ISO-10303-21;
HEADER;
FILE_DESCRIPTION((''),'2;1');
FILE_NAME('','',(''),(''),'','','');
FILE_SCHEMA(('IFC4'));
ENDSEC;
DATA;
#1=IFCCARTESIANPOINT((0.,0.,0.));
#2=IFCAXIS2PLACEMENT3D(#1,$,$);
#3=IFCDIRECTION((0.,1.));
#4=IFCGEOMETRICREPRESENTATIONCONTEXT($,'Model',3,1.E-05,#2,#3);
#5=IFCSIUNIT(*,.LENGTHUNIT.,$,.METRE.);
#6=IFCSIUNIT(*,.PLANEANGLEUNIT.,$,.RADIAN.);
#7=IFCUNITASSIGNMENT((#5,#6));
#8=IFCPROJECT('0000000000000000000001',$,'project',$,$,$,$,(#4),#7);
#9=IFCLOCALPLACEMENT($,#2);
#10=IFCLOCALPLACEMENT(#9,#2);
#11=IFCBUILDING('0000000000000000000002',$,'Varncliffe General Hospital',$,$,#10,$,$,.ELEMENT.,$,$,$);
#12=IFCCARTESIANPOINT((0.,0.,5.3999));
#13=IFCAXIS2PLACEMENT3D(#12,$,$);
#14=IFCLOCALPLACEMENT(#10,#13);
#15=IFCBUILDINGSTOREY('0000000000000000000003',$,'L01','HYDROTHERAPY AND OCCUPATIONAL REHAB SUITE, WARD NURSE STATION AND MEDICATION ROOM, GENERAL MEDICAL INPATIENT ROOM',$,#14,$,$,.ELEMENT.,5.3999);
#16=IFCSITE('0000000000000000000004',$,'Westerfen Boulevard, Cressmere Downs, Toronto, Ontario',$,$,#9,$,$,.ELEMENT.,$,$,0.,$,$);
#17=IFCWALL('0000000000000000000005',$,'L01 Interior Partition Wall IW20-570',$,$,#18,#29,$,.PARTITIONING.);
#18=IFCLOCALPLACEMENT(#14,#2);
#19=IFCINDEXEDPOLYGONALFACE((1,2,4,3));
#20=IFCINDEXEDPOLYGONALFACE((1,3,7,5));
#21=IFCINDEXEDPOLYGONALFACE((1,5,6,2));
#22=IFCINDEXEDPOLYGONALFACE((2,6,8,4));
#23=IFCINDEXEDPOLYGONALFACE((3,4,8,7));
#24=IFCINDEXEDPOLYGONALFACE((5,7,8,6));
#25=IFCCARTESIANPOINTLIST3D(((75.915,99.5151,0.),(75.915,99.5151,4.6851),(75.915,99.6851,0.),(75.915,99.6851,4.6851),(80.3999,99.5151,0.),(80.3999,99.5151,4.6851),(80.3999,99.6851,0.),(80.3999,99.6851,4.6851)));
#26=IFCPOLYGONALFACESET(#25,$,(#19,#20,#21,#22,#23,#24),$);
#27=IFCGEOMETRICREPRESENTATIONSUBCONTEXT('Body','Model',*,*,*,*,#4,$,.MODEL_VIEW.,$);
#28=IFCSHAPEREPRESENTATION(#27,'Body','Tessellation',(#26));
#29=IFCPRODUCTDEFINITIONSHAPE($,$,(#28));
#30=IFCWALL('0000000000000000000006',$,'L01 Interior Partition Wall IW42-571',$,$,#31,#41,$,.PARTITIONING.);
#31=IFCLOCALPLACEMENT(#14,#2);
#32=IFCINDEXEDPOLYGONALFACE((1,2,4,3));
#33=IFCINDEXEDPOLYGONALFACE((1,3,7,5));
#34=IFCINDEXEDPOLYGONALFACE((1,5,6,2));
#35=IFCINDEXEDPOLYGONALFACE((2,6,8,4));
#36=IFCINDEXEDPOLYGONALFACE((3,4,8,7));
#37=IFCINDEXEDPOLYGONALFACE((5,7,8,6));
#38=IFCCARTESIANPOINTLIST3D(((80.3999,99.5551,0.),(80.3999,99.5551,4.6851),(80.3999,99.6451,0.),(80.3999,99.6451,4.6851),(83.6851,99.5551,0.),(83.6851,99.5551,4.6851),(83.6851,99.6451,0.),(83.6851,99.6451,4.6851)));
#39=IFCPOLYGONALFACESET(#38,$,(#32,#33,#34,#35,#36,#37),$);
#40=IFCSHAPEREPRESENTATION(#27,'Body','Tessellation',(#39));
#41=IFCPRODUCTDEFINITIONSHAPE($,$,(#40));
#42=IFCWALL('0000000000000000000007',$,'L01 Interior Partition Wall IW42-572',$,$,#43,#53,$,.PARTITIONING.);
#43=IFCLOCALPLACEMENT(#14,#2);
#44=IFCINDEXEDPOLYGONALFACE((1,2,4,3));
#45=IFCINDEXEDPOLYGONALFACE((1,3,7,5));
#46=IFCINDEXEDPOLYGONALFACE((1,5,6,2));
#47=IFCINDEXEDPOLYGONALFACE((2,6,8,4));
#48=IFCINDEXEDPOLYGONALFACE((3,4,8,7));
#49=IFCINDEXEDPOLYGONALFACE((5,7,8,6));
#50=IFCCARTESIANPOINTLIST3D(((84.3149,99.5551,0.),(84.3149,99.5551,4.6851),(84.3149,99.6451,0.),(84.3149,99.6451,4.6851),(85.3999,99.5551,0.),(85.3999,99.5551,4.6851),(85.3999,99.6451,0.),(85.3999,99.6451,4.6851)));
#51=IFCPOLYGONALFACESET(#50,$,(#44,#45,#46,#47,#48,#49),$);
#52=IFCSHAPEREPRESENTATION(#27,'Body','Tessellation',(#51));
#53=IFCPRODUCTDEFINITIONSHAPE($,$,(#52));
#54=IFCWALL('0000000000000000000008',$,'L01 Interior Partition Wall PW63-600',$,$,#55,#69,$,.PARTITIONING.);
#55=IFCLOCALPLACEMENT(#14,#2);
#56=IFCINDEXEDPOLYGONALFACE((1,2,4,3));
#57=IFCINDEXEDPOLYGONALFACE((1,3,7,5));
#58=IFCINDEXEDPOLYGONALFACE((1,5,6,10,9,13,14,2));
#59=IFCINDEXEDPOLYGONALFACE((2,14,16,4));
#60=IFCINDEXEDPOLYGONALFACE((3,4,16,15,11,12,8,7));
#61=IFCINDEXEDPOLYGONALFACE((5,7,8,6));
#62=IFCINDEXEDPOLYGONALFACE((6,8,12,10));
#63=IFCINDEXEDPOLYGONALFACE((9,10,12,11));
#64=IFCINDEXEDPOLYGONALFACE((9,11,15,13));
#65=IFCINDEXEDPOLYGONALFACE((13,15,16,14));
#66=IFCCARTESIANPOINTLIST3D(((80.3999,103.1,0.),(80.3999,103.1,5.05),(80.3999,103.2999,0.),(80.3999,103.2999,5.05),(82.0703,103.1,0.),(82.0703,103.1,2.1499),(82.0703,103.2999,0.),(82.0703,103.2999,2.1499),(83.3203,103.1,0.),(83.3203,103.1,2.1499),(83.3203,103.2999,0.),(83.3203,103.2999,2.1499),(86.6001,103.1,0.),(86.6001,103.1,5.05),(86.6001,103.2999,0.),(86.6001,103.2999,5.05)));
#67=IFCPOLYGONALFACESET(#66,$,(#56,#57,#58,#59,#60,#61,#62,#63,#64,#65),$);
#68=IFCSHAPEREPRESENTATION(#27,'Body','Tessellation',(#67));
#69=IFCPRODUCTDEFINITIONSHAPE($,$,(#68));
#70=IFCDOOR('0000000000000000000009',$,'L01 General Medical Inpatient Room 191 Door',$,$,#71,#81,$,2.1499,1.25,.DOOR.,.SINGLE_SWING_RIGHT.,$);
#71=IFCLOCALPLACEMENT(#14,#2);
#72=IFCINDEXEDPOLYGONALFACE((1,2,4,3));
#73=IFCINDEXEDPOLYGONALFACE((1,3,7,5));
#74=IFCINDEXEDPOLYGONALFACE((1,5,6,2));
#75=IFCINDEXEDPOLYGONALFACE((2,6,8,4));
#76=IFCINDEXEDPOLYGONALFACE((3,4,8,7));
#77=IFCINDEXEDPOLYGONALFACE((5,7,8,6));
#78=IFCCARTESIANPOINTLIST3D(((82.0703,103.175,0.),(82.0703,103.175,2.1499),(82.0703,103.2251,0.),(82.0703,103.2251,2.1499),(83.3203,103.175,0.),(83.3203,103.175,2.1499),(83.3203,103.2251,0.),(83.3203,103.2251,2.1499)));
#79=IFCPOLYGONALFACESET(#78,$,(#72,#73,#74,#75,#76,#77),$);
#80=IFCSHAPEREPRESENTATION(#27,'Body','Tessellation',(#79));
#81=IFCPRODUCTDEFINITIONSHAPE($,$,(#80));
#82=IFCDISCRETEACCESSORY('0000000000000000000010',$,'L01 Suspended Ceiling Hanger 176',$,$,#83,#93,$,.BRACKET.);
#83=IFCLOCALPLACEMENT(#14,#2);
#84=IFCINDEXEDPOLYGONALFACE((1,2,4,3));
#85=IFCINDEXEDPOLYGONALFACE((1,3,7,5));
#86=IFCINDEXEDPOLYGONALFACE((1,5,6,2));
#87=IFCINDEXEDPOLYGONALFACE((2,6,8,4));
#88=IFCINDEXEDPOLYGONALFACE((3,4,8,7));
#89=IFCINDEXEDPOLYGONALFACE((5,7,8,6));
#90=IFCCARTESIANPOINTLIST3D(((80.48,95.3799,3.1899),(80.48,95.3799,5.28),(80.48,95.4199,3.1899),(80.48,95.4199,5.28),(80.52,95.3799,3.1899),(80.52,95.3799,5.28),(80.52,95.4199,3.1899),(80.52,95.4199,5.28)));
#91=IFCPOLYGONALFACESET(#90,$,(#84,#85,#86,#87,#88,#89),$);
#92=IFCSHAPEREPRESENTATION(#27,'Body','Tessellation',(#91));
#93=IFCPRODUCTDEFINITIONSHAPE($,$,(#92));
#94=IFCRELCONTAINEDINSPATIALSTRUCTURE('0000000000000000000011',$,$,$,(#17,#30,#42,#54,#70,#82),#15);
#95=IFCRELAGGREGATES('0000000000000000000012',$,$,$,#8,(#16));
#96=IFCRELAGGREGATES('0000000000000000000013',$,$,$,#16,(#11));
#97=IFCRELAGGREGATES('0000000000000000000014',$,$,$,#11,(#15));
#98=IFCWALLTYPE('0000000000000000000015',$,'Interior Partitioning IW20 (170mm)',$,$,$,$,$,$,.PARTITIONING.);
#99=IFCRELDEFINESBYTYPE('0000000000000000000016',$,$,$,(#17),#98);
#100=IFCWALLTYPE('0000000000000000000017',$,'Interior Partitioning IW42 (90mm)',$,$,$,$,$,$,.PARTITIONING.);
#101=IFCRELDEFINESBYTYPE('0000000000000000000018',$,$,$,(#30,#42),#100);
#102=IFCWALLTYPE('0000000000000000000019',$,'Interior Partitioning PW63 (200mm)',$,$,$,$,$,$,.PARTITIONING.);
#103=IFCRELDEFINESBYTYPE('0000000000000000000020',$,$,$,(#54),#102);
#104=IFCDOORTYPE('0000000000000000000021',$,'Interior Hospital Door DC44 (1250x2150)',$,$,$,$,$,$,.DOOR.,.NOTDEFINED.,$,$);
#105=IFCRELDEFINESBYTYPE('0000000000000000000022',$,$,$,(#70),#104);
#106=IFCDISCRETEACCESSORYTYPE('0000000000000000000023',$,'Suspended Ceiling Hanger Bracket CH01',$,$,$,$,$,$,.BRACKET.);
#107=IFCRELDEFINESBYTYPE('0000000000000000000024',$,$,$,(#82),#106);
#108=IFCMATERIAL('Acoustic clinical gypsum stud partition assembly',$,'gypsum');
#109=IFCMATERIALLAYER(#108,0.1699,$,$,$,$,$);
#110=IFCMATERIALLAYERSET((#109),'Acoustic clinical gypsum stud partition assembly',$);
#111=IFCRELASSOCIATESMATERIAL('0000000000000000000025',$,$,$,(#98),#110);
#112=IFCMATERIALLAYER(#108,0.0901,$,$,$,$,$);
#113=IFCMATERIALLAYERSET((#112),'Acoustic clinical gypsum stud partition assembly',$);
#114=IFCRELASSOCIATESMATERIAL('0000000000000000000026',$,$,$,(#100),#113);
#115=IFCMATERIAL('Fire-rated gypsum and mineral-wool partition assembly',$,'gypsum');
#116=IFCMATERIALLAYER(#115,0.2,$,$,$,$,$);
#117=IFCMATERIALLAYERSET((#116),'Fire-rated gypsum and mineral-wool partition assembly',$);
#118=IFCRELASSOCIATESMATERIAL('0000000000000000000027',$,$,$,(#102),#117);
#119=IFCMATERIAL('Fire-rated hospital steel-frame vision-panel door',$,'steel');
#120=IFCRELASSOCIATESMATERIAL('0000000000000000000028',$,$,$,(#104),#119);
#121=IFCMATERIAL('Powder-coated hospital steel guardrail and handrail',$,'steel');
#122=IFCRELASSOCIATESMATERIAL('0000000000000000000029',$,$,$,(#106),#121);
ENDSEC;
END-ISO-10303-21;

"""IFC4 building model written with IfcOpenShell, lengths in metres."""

from ifc_helpers import new_model, si_unit, direction, frame, frame_2d, origin, origin_2d, place, context, subcontext, project, spatial, rectangle, extrude, material, layer, layer_set, type_object, element, fill, save


model = new_model("IFC4")

# Units and contexts
model_context = context("Model", 3, precision=1e-05, world=origin(), true_north=direction((0.0, 1.0)))
body_context = subcontext(model_context, "Body", "Model", "MODEL_VIEW")
ifc_project = project(units=[si_unit("LENGTHUNIT", "METRE"), si_unit("PLANEANGLEUNIT", "RADIAN")], contexts=[model_context])

# Site, building, storey
site_placement = place(None, origin())
site = spatial("IfcSite", under=ifc_project, at=site_placement, Name="Westerfen Boulevard, Cressmere Downs, Toronto, Ontario", CompositionType="ELEMENT", RefElevation=0.0)
building_placement = place(site_placement, origin())
building = spatial("IfcBuilding", under=site, at=building_placement, Name="Varncliffe General Hospital", CompositionType="ELEMENT")
storey_placement = place(building_placement, frame((0.0, 0.0, 5.3999)))
storey = spatial("IfcBuildingStorey", under=building, at=storey_placement, Name="L01", Description="HYDROTHERAPY AND OCCUPATIONAL REHAB SUITE, WARD NURSE STATION AND MEDICATION ROOM, GENERAL MEDICAL INPATIENT ROOM", CompositionType="ELEMENT", Elevation=5.3999)

# Walls
ifc_material_1 = material(Name="Acoustic clinical gypsum stud partition assembly", Category="gypsum")
ifc_layer_1 = layer(ifc_material_1, 0.1699)
ifc_layer_set_1 = layer_set([ifc_layer_1], Name="Acoustic clinical gypsum stud partition assembly")
wall_type_1 = type_object("IfcWallType", Name="Interior Partitioning IW20 (170mm)", PredefinedType="PARTITIONING", material=ifc_layer_set_1)
wall_1_placement = place(storey_placement, frame((75.915, 99.6001, 0.0), z_axis=(0.0, 0.0, 1.0), x_axis=(1.0, 0.0, 0.0)))
element("IfcWall", 1, at=wall_1_placement, inside=storey, type_object=wall_type_1, Name="L01 Interior Partition Wall IW20-570", PredefinedType="PARTITIONING", context=body_context, shape_type="SweptSolid", body=[
    extrude(rectangle(XDim=4.4849, YDim=0.1699, at=frame_2d((2.2424, 0.0))), origin(), (0.0, 0.0, 1.0), 4.6851),
])
ifc_layer_2 = layer(ifc_material_1, 0.0901)
ifc_layer_set_2 = layer_set([ifc_layer_2], Name="Acoustic clinical gypsum stud partition assembly")
wall_type_2 = type_object("IfcWallType", Name="Interior Partitioning IW42 (90mm)", PredefinedType="PARTITIONING", material=ifc_layer_set_2)
wall_2_placement = place(storey_placement, frame((80.3999, 99.6001, 0.0), z_axis=(0.0, 0.0, 1.0), x_axis=(1.0, 0.0, 0.0)))
element("IfcWall", 2, at=wall_2_placement, inside=storey, type_object=wall_type_2, Name="L01 Interior Partition Wall IW42-571", PredefinedType="PARTITIONING", context=body_context, shape_type="SweptSolid", body=[
    extrude(rectangle(XDim=3.2852, YDim=0.0901, at=frame_2d((1.6426, 0.0))), origin(), (0.0, 0.0, 1.0), 4.6851),
])
wall_3_placement = place(storey_placement, frame((84.3149, 99.6001, 0.0), z_axis=(0.0, 0.0, 1.0), x_axis=(1.0, 0.0, 0.0)))
element("IfcWall", 3, at=wall_3_placement, inside=storey, type_object=wall_type_2, Name="L01 Interior Partition Wall IW42-572", PredefinedType="PARTITIONING", context=body_context, shape_type="SweptSolid", body=[
    extrude(rectangle(XDim=1.085, YDim=0.0901, at=frame_2d((0.5425, 0.0))), origin(), (0.0, 0.0, 1.0), 4.6851),
])

# Wall, opening, door
ifc_material_2 = material(Name="Fire-rated gypsum and mineral-wool partition assembly", Category="gypsum")
ifc_layer_3 = layer(ifc_material_2, 0.2)
ifc_layer_set_3 = layer_set([ifc_layer_3], Name="Fire-rated gypsum and mineral-wool partition assembly")
wall_type_3 = type_object("IfcWallType", Name="Interior Partitioning PW63 (200mm)", PredefinedType="PARTITIONING", material=ifc_layer_set_3)
wall_4_placement = place(storey_placement, frame((80.3999, 103.2, 0.0), z_axis=(0.0, 0.0, 1.0), x_axis=(1.0, 0.0, 0.0)))
wall_4 = element("IfcWall", 4, at=wall_4_placement, inside=storey, type_object=wall_type_3, Name="L01 Interior Partition Wall PW63-600", PredefinedType="PARTITIONING", context=body_context, shape_type="SweptSolid", body=[
    extrude(rectangle(XDim=6.2002, YDim=0.2, at=frame_2d((3.1001, 0.0))), origin(), (0.0, 0.0, 1.0), 5.05),
])
opening_placement = place(wall_4_placement, frame((1.6704, 0.0, 0.0)))
opening = element("IfcOpeningElement", 5, at=opening_placement, cuts=wall_4, PredefinedType="OPENING", context=body_context, shape_type="SweptSolid", body=[
    extrude(rectangle(XDim=1.25, YDim=2.1499, at=frame_2d((0.625, 1.075))), frame((0.0, 0.1099, 0.0), z_axis=(0.0, -1.0, 0.0), x_axis=(1.0, 0.0, 0.0)), (0.0, 0.0, 1.0), 0.22),
])
ifc_material_3 = material(Name="Fire-rated hospital steel-frame vision-panel door", Category="steel")
door_type = type_object("IfcDoorType", Name="Interior Hospital Door DC44 (1250x2150)", OperationType="NOTDEFINED", PredefinedType="DOOR", material=ifc_material_3)
door_placement = place(opening_placement, frame((1.25, 0.0, 0.0), z_axis=(0.0, 0.0, 1.0), x_axis=(-1.0, 0.0, 0.0)))
door = element("IfcDoor", 6, at=door_placement, inside=storey, type_object=door_type, Name="L01 General Medical Inpatient Room 191 Door", OperationType="SINGLE_SWING_RIGHT", OverallHeight=2.1499, OverallWidth=1.25, PredefinedType="DOOR", context=body_context, shape_type="SweptSolid", body=[
    extrude(rectangle(XDim=1.25, YDim=2.1499, at=frame_2d((0.625, 1.075))), frame((0.0, 0.0249, 0.0), z_axis=(0.0, -1.0, 0.0), x_axis=(1.0, 0.0, 0.0)), (0.0, 0.0, 1.0), 0.05),
])
fill(opening, door)

# Discrete accessory
ifc_material_4 = material(Name="Powder-coated hospital steel guardrail and handrail", Category="steel")
discrete_accessory_type = type_object("IfcDiscreteAccessoryType", Name="Suspended Ceiling Hanger Bracket CH01", PredefinedType="BRACKET", material=ifc_material_4)
discrete_accessory_placement = place(storey_placement, frame((80.5, 95.3999, 3.1899), z_axis=(0.0, 0.0, 1.0), x_axis=(1.0, 0.0, 0.0)))
element("IfcDiscreteAccessory", 7, at=discrete_accessory_placement, inside=storey, type_object=discrete_accessory_type, Name="L01 Suspended Ceiling Hanger 176", PredefinedType="BRACKET", context=body_context, shape_type="SweptSolid", body=[
    extrude(rectangle(XDim=0.04, YDim=0.04, at=origin_2d()), origin(), (0.0, 0.0, 1.0), 2.0901),
])

save(model, "model.ifc")
